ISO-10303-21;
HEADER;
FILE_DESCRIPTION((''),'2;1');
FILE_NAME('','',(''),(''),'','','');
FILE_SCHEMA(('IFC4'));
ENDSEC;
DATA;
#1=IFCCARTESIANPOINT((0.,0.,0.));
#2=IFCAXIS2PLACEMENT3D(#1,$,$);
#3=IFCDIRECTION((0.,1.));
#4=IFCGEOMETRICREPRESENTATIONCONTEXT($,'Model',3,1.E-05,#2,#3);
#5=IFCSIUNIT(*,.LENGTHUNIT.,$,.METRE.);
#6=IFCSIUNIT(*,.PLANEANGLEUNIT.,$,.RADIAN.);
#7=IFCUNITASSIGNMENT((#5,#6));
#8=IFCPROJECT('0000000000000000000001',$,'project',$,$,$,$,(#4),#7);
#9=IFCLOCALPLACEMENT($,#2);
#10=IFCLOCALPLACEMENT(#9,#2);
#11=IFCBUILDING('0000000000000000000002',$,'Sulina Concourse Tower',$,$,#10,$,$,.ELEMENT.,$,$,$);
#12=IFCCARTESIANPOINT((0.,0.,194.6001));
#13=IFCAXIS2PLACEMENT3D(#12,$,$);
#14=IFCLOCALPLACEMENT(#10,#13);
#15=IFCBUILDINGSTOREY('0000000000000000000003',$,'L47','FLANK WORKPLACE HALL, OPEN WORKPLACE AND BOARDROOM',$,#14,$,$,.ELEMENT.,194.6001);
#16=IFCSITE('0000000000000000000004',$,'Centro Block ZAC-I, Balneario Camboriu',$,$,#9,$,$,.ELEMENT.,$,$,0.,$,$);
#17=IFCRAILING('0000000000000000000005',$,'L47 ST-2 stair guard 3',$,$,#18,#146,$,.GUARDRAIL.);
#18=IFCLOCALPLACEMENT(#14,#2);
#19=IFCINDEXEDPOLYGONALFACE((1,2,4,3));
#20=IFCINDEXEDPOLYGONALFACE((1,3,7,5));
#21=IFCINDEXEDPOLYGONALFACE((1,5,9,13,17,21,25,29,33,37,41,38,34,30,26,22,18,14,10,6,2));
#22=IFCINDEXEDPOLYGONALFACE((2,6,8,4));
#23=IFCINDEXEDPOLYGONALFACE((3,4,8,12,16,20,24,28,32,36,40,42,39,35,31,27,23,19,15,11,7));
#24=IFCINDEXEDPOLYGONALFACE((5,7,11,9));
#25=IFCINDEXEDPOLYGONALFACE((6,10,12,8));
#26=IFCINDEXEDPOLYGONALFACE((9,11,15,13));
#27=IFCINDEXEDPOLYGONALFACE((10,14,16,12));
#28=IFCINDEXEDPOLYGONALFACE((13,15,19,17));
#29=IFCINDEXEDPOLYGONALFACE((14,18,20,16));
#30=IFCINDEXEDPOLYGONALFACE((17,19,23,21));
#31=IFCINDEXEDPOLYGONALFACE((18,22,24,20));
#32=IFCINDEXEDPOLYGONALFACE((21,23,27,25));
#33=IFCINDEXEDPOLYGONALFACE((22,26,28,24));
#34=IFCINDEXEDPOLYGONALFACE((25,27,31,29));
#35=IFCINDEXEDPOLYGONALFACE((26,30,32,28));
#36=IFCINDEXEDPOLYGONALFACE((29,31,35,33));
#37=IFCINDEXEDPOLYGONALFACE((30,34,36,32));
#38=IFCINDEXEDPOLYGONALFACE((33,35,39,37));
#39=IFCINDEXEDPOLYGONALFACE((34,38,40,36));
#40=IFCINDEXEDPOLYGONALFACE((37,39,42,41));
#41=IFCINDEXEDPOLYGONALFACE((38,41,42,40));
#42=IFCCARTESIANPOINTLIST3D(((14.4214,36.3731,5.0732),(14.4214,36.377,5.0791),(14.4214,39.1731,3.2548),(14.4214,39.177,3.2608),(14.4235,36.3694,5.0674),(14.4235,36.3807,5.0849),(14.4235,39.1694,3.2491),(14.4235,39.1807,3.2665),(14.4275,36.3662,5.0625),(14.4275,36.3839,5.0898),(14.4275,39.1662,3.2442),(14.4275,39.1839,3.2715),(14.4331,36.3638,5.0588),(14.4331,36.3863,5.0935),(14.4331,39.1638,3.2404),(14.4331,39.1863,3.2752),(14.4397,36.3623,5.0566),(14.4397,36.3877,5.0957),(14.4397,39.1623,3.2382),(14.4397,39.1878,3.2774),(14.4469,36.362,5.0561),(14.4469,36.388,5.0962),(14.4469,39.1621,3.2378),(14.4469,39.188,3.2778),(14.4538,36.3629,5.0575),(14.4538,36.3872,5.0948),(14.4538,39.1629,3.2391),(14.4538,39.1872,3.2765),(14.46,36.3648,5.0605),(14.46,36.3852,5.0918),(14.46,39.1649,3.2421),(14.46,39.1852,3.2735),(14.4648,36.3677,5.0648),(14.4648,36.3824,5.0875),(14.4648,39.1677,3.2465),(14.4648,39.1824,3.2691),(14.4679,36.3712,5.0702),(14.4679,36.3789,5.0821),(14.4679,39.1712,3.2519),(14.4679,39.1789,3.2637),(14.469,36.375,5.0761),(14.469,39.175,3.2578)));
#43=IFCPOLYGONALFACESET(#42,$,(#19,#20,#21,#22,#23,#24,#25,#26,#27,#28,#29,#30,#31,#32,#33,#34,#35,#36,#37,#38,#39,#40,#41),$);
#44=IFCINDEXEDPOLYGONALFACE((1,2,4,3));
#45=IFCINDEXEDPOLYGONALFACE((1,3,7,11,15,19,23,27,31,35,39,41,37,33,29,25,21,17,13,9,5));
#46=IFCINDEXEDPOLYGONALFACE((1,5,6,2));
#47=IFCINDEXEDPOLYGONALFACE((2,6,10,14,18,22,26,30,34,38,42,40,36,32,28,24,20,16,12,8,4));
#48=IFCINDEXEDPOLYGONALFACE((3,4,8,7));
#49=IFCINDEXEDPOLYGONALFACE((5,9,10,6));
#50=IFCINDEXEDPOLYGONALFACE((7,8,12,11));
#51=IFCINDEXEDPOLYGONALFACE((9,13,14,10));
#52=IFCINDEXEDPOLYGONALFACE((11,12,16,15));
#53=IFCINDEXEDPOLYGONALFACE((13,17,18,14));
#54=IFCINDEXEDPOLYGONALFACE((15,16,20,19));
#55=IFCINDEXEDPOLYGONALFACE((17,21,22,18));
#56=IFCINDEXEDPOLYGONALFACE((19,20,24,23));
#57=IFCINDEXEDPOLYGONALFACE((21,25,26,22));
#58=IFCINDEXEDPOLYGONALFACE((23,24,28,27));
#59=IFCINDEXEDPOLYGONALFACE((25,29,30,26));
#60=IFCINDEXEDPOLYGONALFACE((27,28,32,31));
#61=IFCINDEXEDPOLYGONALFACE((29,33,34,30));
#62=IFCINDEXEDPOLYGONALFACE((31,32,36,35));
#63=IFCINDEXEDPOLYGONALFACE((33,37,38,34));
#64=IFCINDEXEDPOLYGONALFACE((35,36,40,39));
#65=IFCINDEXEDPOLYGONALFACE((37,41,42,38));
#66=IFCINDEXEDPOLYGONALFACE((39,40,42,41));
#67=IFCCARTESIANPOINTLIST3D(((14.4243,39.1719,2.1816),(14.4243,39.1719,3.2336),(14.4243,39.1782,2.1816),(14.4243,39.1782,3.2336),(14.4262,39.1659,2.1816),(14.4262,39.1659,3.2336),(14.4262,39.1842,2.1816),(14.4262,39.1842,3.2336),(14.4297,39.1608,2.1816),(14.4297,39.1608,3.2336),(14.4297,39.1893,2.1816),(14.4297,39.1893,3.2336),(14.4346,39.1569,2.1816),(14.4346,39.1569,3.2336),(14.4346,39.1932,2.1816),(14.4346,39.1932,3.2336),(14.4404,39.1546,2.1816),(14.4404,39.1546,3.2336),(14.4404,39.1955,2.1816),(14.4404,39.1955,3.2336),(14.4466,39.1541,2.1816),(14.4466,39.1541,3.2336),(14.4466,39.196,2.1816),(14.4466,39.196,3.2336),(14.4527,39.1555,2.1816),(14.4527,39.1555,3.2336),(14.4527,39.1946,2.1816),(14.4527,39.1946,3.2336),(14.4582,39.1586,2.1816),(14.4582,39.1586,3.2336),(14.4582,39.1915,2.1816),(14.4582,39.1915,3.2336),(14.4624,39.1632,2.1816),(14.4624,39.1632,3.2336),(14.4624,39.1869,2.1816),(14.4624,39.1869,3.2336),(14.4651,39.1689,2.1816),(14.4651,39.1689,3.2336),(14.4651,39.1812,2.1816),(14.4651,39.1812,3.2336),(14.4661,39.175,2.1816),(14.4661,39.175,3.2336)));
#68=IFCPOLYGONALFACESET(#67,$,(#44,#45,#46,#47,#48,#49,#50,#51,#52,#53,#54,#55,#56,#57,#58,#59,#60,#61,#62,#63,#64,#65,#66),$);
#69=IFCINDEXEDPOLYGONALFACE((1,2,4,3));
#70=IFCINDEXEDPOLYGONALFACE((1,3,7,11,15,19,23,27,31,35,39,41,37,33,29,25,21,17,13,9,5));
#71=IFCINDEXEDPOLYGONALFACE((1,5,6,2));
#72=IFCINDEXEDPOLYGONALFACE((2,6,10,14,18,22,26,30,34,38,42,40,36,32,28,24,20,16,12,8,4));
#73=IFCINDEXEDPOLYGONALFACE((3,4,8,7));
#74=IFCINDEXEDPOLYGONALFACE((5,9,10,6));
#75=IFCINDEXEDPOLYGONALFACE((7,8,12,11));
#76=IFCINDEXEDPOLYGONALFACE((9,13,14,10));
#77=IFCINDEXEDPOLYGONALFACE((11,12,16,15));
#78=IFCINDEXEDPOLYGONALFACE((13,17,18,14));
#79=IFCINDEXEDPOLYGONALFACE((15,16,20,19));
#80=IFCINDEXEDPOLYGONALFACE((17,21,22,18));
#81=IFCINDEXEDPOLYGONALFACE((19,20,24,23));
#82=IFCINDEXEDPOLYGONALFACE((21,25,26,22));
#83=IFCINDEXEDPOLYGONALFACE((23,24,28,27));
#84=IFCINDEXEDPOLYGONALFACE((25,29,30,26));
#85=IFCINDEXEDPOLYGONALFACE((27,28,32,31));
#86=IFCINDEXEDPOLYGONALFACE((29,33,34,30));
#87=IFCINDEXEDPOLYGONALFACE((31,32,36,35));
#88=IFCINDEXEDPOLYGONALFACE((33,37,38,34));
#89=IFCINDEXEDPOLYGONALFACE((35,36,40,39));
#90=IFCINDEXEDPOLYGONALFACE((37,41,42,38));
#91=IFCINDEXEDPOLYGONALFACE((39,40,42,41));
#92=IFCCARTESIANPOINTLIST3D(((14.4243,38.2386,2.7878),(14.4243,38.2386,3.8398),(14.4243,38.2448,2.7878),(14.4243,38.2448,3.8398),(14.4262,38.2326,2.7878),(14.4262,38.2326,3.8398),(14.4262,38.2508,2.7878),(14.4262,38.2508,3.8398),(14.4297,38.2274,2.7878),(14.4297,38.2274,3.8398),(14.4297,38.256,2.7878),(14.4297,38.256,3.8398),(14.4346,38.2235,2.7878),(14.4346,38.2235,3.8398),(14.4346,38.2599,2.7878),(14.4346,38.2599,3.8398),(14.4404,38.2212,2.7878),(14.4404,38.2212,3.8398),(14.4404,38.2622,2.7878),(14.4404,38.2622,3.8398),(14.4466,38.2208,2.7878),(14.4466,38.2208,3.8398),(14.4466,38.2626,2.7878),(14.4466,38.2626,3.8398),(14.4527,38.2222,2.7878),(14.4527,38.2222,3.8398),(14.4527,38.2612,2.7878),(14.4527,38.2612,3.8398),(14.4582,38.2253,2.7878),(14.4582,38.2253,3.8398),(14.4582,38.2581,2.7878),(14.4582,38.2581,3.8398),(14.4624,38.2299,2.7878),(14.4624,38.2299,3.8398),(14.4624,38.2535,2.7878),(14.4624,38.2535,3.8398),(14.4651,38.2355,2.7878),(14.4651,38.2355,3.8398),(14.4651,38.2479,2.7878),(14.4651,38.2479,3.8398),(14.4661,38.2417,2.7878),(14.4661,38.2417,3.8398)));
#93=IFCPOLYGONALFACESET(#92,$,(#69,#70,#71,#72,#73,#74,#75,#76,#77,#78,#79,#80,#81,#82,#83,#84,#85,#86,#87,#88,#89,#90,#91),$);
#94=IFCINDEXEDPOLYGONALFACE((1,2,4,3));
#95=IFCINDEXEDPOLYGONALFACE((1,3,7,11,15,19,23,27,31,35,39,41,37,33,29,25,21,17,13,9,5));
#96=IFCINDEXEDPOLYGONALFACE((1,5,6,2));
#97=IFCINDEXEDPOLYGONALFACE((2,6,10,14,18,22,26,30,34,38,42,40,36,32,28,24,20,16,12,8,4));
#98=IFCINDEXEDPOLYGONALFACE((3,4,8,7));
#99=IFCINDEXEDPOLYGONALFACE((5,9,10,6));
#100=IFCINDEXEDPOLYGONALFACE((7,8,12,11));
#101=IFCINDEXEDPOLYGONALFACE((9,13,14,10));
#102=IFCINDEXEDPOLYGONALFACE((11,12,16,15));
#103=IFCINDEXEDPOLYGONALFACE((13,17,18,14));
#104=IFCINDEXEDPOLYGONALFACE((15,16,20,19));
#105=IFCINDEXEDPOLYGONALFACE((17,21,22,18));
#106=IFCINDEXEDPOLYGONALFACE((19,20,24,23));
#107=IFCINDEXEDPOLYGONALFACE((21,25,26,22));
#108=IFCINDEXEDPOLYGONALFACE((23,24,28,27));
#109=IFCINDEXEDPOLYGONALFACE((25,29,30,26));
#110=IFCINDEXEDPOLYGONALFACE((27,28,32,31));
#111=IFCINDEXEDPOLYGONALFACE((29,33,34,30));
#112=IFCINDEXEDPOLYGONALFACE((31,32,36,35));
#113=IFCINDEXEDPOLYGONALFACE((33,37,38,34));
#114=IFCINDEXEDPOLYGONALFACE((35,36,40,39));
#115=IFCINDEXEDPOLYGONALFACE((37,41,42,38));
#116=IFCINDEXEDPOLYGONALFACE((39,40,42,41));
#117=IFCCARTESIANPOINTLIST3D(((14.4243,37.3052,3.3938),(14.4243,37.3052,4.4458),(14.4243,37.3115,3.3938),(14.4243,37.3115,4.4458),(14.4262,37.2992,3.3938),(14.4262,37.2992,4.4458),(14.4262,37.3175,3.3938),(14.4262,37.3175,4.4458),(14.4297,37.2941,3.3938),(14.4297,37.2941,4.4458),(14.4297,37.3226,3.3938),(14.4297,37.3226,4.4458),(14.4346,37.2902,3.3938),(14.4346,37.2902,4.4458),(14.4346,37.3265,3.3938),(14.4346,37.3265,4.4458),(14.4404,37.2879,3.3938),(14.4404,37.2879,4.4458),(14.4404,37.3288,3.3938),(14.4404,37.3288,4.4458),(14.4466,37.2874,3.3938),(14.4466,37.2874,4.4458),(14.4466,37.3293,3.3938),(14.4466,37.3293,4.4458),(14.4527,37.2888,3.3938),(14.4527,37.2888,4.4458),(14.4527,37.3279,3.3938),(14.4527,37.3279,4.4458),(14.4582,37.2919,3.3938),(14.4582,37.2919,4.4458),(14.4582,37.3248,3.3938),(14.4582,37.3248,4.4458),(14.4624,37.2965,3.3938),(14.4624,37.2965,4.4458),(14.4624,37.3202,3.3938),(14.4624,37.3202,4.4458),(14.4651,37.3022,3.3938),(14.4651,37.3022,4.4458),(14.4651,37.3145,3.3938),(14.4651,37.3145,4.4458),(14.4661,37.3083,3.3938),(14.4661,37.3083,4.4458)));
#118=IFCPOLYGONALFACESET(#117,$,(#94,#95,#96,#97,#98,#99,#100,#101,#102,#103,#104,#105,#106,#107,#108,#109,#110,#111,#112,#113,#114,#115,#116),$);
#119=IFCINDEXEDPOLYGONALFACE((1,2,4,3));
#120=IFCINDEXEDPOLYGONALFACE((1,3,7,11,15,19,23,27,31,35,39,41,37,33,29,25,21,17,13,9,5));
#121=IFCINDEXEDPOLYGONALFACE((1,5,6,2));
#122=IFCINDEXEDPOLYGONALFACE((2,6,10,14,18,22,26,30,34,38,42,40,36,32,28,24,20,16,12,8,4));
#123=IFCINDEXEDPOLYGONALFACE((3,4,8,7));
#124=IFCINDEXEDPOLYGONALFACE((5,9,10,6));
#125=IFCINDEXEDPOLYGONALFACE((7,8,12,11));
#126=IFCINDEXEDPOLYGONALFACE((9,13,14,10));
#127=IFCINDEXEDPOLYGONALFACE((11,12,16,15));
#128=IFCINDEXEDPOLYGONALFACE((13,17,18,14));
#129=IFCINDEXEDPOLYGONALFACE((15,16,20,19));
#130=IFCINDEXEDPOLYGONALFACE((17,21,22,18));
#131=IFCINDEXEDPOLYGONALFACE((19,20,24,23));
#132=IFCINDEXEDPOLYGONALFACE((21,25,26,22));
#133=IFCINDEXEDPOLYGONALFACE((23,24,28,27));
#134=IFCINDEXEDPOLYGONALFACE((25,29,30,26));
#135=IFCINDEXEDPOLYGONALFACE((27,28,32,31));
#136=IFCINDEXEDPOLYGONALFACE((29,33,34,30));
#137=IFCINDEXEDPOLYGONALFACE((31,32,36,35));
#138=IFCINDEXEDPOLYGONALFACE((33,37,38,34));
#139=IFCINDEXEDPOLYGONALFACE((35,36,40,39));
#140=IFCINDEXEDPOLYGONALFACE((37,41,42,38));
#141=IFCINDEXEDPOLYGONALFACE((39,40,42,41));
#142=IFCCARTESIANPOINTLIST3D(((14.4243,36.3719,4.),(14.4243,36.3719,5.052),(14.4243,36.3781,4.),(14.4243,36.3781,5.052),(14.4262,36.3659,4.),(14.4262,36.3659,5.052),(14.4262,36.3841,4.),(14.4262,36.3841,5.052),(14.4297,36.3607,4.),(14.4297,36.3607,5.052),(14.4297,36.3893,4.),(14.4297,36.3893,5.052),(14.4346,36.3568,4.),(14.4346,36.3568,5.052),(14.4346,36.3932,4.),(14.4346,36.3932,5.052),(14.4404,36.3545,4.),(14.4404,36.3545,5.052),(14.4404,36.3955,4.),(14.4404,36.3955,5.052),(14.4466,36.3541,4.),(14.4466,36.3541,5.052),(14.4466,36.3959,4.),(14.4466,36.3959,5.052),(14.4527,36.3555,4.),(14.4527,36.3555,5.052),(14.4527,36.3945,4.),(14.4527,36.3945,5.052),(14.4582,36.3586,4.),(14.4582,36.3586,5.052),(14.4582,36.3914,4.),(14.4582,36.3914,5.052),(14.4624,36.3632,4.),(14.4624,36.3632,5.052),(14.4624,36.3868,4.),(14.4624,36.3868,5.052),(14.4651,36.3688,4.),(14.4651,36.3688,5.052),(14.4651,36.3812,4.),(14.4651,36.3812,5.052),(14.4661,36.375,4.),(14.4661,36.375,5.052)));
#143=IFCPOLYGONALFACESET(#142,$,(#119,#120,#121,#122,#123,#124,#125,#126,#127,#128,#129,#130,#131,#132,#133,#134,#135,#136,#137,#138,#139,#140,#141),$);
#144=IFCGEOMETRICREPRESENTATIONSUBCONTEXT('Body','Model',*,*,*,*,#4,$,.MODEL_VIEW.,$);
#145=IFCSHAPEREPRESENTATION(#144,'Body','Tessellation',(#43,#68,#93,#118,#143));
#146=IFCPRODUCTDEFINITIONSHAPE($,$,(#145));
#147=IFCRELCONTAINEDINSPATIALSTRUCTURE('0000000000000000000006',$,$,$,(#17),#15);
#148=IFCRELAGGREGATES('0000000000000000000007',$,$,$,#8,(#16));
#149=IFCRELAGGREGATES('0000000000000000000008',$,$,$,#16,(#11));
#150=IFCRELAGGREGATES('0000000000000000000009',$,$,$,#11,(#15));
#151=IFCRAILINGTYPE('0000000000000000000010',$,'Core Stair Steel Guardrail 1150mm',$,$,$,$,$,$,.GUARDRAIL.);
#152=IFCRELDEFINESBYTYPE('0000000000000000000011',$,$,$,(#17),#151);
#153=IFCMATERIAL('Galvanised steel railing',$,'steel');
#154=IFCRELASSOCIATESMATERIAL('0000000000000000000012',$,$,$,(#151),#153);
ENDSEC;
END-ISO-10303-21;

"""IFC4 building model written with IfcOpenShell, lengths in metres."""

from ifc_helpers import new_model, si_unit, direction, frame, origin, origin_2d, place, context, subcontext, project, spatial, circle, extrude, material, type_object, element, save


model = new_model("IFC4")

# Units and contexts
model_context = context("Model", 3, precision=1e-05, world=origin(), true_north=direction((0.0, 1.0)))
body_context = subcontext(model_context, "Body", "Model", "MODEL_VIEW")
ifc_project = project(units=[si_unit("LENGTHUNIT", "METRE"), si_unit("PLANEANGLEUNIT", "RADIAN")], contexts=[model_context])

# Site, building, storey
site_placement = place(None, origin())
site = spatial("IfcSite", under=ifc_project, at=site_placement, Name="Centro Block ZAC-I, Balneario Camboriu", CompositionType="ELEMENT", RefElevation=0.0)
building_placement = place(site_placement, origin())
building = spatial("IfcBuilding", under=site, at=building_placement, Name="Sulina Concourse Tower", CompositionType="ELEMENT")
storey_placement = place(building_placement, frame((0.0, 0.0, 194.6001)))
storey = spatial("IfcBuildingStorey", under=building, at=storey_placement, Name="L47", Description="FLANK WORKPLACE HALL, OPEN WORKPLACE AND BOARDROOM", CompositionType="ELEMENT", Elevation=194.6001)

# Railing
ifc_material_1 = material(Name="Galvanised steel railing", Category="steel")
railing_type_1 = type_object("IfcRailingType", Name="Core Stair Steel Guardrail 1150mm", PredefinedType="GUARDRAIL", material=ifc_material_1)
railing_1_placement = place(storey_placement, frame((14.4451, 39.175, 2.1816)))
element("IfcRailing", 1, at=railing_1_placement, inside=storey, type_object=railing_type_1, Name="L47 ST-2 stair guard 3", PredefinedType="GUARDRAIL", context=body_context, shape_type="SweptSolid", body=[
    extrude(circle(Radius=0.0239, at=origin_2d()), frame((0.0, 0.0, 1.0762), z_axis=(0.0, -0.838672, 0.544636), x_axis=(1.0, 0.0, 0.0)), (0.0, 0.0, 1.0), 3.3386),
    extrude(circle(Radius=0.021, at=origin_2d()), origin(), (0.0, 0.0, 1.0), 1.052),
    extrude(circle(Radius=0.021, at=origin_2d()), frame((0.0, -0.9333, 0.6062)), (0.0, 0.0, 1.0), 1.052),
    extrude(circle(Radius=0.021, at=origin_2d()), frame((0.0, -1.8667, 1.2122)), (0.0, 0.0, 1.0), 1.052),
    extrude(circle(Radius=0.021, at=origin_2d()), frame((0.0, -2.8, 1.8184)), (0.0, 0.0, 1.0), 1.052),
])

save(model, "model.ifc")
